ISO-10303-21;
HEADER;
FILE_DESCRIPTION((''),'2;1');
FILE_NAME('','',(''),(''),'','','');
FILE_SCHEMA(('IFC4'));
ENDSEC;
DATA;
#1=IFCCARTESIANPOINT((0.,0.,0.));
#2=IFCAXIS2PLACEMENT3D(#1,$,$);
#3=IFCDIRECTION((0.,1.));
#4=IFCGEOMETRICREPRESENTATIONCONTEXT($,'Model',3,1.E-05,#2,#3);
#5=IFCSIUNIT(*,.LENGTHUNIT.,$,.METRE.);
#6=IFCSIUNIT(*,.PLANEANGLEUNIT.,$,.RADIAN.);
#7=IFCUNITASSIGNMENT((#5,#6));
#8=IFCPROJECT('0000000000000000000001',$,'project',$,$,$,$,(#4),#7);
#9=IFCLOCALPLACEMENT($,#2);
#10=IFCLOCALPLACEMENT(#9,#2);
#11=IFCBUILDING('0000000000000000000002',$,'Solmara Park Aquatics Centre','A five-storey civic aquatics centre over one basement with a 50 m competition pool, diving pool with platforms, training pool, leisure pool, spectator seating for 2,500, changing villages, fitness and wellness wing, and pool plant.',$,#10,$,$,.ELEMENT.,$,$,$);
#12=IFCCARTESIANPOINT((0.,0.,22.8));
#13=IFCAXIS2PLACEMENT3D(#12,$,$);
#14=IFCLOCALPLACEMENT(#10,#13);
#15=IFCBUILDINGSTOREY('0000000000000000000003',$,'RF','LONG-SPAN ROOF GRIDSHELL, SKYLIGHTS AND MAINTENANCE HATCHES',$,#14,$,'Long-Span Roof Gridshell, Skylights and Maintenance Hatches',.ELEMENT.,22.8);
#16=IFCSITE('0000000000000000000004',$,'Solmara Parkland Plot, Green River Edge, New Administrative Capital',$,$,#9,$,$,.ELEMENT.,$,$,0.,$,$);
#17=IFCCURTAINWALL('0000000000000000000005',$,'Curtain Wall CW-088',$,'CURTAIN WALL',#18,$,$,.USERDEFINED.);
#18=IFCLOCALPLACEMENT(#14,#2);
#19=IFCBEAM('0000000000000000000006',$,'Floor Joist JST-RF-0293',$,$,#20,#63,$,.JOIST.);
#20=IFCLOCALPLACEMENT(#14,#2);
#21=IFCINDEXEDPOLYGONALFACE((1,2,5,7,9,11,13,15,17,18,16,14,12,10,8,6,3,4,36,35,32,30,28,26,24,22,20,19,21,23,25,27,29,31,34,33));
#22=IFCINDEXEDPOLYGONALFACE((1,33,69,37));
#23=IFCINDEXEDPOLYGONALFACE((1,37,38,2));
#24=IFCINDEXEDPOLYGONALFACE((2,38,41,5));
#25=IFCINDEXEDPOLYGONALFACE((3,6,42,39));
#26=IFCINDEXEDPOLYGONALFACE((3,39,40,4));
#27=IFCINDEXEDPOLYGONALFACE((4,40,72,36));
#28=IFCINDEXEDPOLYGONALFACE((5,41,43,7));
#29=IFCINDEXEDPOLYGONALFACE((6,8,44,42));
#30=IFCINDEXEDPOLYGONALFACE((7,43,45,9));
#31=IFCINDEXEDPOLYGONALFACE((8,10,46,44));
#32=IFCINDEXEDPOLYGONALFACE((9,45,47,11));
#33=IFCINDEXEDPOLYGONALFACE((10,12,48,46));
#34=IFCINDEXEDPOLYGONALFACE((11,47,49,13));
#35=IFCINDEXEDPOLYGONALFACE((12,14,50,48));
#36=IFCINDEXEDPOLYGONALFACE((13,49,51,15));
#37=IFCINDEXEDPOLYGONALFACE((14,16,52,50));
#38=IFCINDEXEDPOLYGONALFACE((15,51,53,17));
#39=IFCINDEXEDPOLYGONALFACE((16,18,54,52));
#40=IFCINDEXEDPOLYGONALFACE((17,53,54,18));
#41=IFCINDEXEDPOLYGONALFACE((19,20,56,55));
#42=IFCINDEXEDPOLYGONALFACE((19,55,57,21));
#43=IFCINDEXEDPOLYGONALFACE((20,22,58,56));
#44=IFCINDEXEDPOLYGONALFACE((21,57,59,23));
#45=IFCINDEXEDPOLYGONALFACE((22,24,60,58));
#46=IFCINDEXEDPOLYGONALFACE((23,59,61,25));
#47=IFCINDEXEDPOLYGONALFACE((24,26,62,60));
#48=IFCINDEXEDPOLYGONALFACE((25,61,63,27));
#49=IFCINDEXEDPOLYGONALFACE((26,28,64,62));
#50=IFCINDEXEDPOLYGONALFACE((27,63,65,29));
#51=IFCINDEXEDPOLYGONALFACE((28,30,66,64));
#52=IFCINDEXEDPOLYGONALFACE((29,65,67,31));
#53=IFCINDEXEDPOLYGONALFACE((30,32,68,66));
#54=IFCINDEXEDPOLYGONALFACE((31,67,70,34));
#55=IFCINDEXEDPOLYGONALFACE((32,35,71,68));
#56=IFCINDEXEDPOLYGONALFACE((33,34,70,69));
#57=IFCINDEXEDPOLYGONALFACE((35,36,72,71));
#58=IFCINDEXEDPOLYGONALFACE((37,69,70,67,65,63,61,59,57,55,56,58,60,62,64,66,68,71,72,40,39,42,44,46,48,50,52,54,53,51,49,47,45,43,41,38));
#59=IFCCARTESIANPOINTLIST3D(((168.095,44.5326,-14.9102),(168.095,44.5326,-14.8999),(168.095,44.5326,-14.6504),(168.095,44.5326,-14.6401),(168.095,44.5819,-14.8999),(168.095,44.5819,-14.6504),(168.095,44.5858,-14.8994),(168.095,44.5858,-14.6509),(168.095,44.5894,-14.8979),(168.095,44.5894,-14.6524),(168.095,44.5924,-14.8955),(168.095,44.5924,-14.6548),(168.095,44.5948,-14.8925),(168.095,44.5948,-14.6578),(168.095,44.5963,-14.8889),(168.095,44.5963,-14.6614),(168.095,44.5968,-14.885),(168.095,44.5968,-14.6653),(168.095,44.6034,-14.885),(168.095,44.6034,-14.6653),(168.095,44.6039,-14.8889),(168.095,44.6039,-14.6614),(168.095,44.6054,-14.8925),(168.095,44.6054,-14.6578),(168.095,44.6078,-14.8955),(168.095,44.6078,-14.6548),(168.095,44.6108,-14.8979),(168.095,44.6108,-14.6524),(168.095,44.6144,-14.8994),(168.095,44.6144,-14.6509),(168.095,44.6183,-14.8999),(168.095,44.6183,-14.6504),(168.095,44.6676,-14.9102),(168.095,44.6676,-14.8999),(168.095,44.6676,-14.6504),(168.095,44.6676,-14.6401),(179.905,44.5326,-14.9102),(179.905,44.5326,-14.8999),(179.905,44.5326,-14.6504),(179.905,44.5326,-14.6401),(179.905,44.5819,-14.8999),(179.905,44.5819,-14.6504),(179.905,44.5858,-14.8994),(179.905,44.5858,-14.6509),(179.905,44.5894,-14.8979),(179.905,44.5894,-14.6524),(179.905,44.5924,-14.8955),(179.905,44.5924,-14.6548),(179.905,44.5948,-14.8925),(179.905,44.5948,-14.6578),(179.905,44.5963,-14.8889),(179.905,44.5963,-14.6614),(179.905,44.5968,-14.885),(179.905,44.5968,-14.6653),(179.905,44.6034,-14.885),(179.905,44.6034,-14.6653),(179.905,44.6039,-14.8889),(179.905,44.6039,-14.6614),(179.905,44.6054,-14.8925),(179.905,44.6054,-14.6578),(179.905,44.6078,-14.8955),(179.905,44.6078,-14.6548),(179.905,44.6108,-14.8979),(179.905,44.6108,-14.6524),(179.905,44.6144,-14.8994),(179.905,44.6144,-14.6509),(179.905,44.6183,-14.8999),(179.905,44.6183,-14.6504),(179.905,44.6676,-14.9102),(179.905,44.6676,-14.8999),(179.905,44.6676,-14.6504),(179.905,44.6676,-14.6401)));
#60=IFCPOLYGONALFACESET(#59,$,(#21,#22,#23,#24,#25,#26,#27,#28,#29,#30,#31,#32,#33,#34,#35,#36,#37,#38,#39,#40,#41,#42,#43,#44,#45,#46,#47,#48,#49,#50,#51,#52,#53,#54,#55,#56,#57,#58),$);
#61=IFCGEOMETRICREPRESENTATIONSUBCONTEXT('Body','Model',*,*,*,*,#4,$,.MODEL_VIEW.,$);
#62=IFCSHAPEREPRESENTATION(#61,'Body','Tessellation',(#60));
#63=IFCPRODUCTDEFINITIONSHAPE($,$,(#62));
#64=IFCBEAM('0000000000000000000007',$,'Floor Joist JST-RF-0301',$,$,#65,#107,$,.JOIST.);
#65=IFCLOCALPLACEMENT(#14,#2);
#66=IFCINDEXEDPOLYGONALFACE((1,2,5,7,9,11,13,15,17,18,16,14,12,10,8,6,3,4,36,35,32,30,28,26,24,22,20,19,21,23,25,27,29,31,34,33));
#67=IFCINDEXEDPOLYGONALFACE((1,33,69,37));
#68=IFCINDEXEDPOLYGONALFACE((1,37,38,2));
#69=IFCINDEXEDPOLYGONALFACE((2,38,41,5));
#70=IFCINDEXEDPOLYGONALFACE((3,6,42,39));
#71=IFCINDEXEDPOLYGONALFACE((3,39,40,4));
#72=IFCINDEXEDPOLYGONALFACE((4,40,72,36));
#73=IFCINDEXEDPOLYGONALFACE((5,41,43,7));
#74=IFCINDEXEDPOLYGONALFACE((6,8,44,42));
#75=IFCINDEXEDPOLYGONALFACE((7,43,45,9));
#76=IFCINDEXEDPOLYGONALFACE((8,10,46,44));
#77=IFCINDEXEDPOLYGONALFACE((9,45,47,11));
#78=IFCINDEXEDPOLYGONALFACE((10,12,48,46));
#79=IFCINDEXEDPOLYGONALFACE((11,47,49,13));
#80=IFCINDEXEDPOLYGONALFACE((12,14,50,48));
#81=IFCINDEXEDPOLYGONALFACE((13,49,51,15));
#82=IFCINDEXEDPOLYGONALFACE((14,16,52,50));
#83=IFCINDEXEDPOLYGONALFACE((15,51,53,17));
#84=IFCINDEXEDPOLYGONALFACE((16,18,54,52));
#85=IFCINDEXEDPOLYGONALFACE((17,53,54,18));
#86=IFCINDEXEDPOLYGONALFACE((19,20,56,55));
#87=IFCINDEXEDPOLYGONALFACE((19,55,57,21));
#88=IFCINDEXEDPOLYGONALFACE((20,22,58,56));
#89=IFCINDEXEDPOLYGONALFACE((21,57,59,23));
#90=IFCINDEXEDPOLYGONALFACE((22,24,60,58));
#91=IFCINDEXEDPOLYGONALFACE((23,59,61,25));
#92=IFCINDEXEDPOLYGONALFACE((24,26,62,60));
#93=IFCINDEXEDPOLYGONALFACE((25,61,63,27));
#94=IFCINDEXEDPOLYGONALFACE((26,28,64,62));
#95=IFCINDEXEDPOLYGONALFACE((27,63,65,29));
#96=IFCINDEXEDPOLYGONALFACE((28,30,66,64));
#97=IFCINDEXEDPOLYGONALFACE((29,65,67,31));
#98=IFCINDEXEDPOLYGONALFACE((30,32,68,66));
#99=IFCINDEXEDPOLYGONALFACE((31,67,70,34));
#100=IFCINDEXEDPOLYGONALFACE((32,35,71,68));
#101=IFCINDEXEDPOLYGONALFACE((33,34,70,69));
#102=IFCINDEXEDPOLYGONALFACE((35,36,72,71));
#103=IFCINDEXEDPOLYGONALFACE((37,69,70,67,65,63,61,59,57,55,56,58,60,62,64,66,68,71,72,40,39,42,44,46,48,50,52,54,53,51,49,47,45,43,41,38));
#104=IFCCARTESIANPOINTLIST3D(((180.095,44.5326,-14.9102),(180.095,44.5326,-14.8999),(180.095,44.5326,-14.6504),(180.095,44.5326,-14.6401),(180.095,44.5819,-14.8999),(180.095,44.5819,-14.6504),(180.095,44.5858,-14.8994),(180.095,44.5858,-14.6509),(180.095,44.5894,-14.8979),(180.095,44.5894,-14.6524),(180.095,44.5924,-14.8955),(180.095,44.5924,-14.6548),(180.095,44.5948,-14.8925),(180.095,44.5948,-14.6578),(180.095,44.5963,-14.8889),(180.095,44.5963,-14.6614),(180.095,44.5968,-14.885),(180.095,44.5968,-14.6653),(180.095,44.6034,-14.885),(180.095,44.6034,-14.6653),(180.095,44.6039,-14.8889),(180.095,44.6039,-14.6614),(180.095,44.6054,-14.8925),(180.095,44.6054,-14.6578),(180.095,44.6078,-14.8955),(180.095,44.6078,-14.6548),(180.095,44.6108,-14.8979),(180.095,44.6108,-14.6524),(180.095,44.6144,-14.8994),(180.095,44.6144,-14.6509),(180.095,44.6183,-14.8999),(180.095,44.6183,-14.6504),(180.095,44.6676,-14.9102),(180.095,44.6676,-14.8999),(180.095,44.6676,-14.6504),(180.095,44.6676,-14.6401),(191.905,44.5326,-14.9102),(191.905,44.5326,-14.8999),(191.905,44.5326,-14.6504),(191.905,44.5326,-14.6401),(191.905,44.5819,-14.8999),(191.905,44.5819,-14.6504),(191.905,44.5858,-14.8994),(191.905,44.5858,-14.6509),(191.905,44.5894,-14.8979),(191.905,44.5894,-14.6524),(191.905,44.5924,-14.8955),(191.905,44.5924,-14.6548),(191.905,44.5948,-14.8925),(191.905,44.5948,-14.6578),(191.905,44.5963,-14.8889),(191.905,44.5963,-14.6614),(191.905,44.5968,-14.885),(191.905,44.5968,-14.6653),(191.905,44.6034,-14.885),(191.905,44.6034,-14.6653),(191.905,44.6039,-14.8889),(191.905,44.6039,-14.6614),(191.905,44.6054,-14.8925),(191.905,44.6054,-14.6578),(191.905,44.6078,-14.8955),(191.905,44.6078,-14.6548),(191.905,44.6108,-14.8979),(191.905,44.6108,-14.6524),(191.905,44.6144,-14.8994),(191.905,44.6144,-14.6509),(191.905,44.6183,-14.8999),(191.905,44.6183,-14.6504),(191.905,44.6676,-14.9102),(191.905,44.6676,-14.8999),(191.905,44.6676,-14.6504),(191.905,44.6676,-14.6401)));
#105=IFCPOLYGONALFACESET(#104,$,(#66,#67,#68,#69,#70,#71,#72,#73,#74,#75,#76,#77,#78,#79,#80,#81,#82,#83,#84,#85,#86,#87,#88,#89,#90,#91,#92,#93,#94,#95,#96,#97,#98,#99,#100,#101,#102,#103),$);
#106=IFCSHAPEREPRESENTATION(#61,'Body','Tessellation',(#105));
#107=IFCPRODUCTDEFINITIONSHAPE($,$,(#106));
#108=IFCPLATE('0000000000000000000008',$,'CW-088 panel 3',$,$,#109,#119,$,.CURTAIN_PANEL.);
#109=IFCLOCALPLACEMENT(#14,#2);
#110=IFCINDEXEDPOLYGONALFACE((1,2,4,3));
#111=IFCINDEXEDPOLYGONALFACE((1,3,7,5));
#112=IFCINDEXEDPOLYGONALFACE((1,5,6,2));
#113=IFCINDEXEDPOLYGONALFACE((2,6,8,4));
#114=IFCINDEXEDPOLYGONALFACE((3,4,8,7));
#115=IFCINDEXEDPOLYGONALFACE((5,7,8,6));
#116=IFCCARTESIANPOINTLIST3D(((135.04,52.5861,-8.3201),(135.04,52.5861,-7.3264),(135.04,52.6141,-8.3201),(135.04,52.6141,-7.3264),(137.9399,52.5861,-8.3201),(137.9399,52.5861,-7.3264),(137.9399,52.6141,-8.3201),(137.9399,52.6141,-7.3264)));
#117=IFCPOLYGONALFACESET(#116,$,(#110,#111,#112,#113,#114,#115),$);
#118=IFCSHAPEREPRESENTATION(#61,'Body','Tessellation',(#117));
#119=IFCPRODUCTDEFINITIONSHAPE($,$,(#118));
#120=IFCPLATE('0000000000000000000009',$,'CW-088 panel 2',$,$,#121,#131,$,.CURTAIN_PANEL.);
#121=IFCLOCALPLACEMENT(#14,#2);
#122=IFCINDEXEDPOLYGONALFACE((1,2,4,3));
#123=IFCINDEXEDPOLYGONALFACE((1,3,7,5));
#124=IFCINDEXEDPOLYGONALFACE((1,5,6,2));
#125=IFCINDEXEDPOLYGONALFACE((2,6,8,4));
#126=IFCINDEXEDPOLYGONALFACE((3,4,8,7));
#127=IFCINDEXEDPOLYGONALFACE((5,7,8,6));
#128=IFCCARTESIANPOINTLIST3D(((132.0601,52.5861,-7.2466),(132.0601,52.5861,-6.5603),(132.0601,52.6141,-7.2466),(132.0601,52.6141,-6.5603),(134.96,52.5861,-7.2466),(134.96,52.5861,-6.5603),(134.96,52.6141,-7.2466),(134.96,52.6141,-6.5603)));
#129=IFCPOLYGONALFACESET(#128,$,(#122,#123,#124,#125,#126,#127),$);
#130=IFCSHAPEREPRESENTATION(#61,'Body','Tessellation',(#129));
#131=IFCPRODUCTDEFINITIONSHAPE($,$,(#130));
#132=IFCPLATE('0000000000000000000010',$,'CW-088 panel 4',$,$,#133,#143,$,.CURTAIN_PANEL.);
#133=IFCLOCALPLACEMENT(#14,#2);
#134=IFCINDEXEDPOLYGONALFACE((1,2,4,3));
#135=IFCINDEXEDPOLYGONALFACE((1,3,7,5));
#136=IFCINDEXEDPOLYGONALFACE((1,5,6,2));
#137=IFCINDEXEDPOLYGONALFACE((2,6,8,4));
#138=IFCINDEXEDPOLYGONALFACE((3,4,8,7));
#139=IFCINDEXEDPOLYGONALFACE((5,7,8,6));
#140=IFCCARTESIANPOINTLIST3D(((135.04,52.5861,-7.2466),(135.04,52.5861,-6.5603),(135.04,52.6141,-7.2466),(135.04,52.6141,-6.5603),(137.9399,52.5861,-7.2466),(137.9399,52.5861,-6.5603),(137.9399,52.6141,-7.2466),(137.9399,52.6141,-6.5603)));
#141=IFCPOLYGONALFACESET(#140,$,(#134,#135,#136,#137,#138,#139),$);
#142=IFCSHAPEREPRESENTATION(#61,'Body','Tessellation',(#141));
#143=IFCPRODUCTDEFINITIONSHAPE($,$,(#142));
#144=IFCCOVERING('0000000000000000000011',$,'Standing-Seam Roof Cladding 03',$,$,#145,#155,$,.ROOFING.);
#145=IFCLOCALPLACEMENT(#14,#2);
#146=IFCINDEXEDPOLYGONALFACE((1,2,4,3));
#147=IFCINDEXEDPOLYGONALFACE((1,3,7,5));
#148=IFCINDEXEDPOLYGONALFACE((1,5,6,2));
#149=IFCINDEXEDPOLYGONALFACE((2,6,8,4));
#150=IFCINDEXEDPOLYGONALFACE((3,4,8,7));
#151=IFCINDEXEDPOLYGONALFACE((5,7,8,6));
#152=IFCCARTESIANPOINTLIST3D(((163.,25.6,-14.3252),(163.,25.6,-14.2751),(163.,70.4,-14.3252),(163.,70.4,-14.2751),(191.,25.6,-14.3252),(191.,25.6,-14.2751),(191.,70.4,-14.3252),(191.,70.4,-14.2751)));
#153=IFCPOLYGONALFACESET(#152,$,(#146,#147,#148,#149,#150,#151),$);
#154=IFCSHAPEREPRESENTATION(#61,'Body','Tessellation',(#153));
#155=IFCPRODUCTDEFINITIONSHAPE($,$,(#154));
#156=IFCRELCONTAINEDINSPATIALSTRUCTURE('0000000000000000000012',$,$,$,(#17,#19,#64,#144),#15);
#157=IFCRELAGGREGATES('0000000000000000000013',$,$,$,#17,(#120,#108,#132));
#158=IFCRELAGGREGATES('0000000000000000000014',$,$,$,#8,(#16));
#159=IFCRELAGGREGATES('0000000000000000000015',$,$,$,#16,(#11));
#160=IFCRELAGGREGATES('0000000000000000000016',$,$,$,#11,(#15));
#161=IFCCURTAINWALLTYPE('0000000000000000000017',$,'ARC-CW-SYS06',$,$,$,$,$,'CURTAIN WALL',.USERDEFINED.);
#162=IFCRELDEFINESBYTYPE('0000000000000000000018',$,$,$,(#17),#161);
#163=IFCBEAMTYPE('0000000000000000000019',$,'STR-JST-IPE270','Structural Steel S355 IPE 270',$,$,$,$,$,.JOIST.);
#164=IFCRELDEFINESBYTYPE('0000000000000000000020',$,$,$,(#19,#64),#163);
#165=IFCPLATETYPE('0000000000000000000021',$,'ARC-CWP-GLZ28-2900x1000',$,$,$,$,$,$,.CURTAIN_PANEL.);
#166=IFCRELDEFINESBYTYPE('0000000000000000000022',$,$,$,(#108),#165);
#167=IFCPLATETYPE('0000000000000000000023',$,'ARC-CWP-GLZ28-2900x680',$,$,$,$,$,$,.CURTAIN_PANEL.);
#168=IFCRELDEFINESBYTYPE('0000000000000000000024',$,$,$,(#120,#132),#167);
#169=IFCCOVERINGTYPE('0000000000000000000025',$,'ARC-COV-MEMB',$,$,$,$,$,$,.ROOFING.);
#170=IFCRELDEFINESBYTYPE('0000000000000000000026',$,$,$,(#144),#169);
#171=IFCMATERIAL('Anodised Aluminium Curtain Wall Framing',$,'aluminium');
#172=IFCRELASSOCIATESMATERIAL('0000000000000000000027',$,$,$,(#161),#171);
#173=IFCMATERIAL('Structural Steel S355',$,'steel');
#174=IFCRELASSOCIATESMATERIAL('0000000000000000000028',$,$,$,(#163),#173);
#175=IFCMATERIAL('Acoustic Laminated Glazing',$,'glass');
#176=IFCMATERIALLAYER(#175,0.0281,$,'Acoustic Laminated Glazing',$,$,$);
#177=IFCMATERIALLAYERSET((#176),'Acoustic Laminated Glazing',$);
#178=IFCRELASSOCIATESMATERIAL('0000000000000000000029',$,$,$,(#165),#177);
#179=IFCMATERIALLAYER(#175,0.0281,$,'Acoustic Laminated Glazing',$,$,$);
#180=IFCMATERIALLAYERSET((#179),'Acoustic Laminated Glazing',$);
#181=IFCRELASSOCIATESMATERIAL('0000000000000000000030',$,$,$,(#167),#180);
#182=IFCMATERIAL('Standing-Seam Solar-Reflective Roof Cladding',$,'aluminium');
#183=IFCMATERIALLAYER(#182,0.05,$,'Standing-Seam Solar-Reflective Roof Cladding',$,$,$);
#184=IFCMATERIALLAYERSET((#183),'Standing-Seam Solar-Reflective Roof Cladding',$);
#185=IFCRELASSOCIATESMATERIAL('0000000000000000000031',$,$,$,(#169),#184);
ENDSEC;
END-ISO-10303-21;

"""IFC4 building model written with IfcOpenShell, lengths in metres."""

from ifc_helpers import new_model, si_unit, direction, frame, origin, origin_2d, place, context, subcontext, project, spatial, rectangle, i_section, extrude, material, layer, layer_set, material_profile, profile_set, type_object, element, aggregate, save


model = new_model("IFC4")

# Units and contexts
model_context = context("Model", 3, precision=1e-05, world=origin(), true_north=direction((0.0, 1.0)))
body_context = subcontext(model_context, "Body", "Model", "MODEL_VIEW")
ifc_project = project(units=[si_unit("LENGTHUNIT", "METRE"), si_unit("PLANEANGLEUNIT", "RADIAN")], contexts=[model_context])

# Site, building, storey
site_placement = place(None, origin())
site = spatial("IfcSite", under=ifc_project, at=site_placement, Name="Solmara Parkland Plot, Green River Edge, New Administrative Capital", CompositionType="ELEMENT", RefElevation=0.0)
building_placement = place(site_placement, origin())
building = spatial("IfcBuilding", under=site, at=building_placement, Name="Solmara Park Aquatics Centre", Description="A five-storey civic aquatics centre over one basement with a 50 m competition pool, diving pool with platforms, training pool, leisure pool, spectator seating for 2,500, changing villages, fitness and wellness wing, and pool plant.", CompositionType="ELEMENT")
storey_placement = place(building_placement, frame((0.0, 0.0, 22.8)))
storey = spatial("IfcBuildingStorey", under=building, at=storey_placement, Name="RF", Description="LONG-SPAN ROOF GRIDSHELL, SKYLIGHTS AND MAINTENANCE HATCHES", LongName="Long-Span Roof Gridshell, Skylights and Maintenance Hatches", CompositionType="ELEMENT", Elevation=22.8)

# Shared definitions
ifc_material_1 = material(Name="Structural Steel S355", Category="steel")

# Curtain wall
ifc_material_2 = material(Name="Anodised Aluminium Curtain Wall Framing", Category="aluminium")
curtain_wall_type = type_object("IfcCurtainWallType", Name="ARC-CW-SYS06", ElementType="CURTAIN WALL", PredefinedType="USERDEFINED", material=ifc_material_2)
curtain_wall_placement = place(storey_placement, origin())
curtain_wall = element("IfcCurtainWall", 1, at=curtain_wall_placement, inside=storey, type_object=curtain_wall_type, Name="Curtain Wall CW-088", ObjectType="CURTAIN WALL", PredefinedType="USERDEFINED")

# Beams
ifc_material_profile_1 = material_profile(ifc_material_1, i_section(OverallWidth=0.135, OverallDepth=0.27, WebThickness=0.0066, FlangeThickness=0.0103, FilletRadius=0.0149, at=origin_2d()), Name="IPE 270")
ifc_profile_set_1 = profile_set([ifc_material_profile_1], Name="Structural Steel S355")
beam_type_1 = type_object("IfcBeamType", Name="STR-JST-IPE270", Description="Structural Steel S355 IPE 270", PredefinedType="JOIST", material=ifc_profile_set_1)
for number, where, z_axis, x_axis, name in (
    (2, (168.095, 44.6001, -14.7751), (1.0, 0.0, 0.0), (0.0, 1.0, 0.0), "Floor Joist JST-RF-0293"),
    (3, (180.095, 44.6001, -14.7751), (1.0, 0.0, 0.0), (0.0, 1.0, 0.0), "Floor Joist JST-RF-0301"),
):
    element("IfcBeam", number, at=place(storey_placement, frame(where, z_axis=z_axis, x_axis=x_axis)), inside=storey, type_object=beam_type_1, Name=name, PredefinedType="JOIST", context=body_context, shape_type="SweptSolid", body=[
        extrude(i_section(OverallWidth=0.135, OverallDepth=0.27, WebThickness=0.0066, FlangeThickness=0.0103, FilletRadius=0.0149, at=origin_2d()), origin(), (0.0, 0.0, 1.0), 11.8101),
    ])

# Plates
ifc_material_3 = material(Name="Acoustic Laminated Glazing", Category="glass")
ifc_layer_1 = layer(ifc_material_3, 0.0281, Name="Acoustic Laminated Glazing")
ifc_layer_set_1 = layer_set([ifc_layer_1], Name="Acoustic Laminated Glazing")
plate_type_1 = type_object("IfcPlateType", Name="ARC-CWP-GLZ28-2900x1000", PredefinedType="CURTAIN_PANEL", material=ifc_layer_set_1)
plate_1_placement = place(storey_placement, frame((136.49, 52.6001, -8.3201), z_axis=(0.0, 0.0, 1.0), x_axis=(1.0, 0.0, 0.0)))
plate_1 = element("IfcPlate", 4, at=plate_1_placement, type_object=plate_type_1, Name="CW-088 panel 3", PredefinedType="CURTAIN_PANEL", context=body_context, shape_type="SweptSolid", body=[
    extrude(rectangle(XDim=2.8999, YDim=0.0281, at=origin_2d()), origin(), (0.0, 0.0, 1.0), 0.9937),
])
ifc_layer_2 = layer(ifc_material_3, 0.0281, Name="Acoustic Laminated Glazing")
ifc_layer_set_2 = layer_set([ifc_layer_2], Name="Acoustic Laminated Glazing")
plate_type_2 = type_object("IfcPlateType", Name="ARC-CWP-GLZ28-2900x680", PredefinedType="CURTAIN_PANEL", material=ifc_layer_set_2)
plate_2_placement = place(storey_placement, frame((133.51, 52.6001, -7.2466), z_axis=(0.0, 0.0, 1.0), x_axis=(1.0, 0.0, 0.0)))
plate_2 = element("IfcPlate", 5, at=plate_2_placement, type_object=plate_type_2, Name="CW-088 panel 2", PredefinedType="CURTAIN_PANEL", context=body_context, shape_type="SweptSolid", body=[
    extrude(rectangle(XDim=2.8999, YDim=0.0281, at=origin_2d()), origin(), (0.0, 0.0, 1.0), 0.6863),
])
plate_3_placement = place(storey_placement, frame((136.49, 52.6001, -7.2466), z_axis=(0.0, 0.0, 1.0), x_axis=(1.0, 0.0, 0.0)))
plate_3 = element("IfcPlate", 6, at=plate_3_placement, type_object=plate_type_2, Name="CW-088 panel 4", PredefinedType="CURTAIN_PANEL", context=body_context, shape_type="SweptSolid", body=[
    extrude(rectangle(XDim=2.8999, YDim=0.0281, at=origin_2d()), origin(), (0.0, 0.0, 1.0), 0.6863),
])
aggregate(curtain_wall, [plate_2, plate_1, plate_3])

# Covering
ifc_material_4 = material(Name="Standing-Seam Solar-Reflective Roof Cladding", Category="aluminium")
ifc_layer_3 = layer(ifc_material_4, 0.05, Name="Standing-Seam Solar-Reflective Roof Cladding")
ifc_layer_set_3 = layer_set([ifc_layer_3], Name="Standing-Seam Solar-Reflective Roof Cladding")
covering_type = type_object("IfcCoveringType", Name="ARC-COV-MEMB", PredefinedType="ROOFING", material=ifc_layer_set_3)
covering_placement = place(storey_placement, frame((177.0, 48.0, -14.3252), z_axis=(0.0, 0.0, 1.0), x_axis=(1.0, 0.0, 0.0)))
element("IfcCovering", 7, at=covering_placement, inside=storey, type_object=covering_type, Name="Standing-Seam Roof Cladding 03", PredefinedType="ROOFING", context=body_context, shape_type="SweptSolid", body=[
    extrude(rectangle(XDim=28.0, YDim=44.8, at=origin_2d()), origin(), (0.0, 0.0, 1.0), 0.05),
])

save(model, "model.ifc")
